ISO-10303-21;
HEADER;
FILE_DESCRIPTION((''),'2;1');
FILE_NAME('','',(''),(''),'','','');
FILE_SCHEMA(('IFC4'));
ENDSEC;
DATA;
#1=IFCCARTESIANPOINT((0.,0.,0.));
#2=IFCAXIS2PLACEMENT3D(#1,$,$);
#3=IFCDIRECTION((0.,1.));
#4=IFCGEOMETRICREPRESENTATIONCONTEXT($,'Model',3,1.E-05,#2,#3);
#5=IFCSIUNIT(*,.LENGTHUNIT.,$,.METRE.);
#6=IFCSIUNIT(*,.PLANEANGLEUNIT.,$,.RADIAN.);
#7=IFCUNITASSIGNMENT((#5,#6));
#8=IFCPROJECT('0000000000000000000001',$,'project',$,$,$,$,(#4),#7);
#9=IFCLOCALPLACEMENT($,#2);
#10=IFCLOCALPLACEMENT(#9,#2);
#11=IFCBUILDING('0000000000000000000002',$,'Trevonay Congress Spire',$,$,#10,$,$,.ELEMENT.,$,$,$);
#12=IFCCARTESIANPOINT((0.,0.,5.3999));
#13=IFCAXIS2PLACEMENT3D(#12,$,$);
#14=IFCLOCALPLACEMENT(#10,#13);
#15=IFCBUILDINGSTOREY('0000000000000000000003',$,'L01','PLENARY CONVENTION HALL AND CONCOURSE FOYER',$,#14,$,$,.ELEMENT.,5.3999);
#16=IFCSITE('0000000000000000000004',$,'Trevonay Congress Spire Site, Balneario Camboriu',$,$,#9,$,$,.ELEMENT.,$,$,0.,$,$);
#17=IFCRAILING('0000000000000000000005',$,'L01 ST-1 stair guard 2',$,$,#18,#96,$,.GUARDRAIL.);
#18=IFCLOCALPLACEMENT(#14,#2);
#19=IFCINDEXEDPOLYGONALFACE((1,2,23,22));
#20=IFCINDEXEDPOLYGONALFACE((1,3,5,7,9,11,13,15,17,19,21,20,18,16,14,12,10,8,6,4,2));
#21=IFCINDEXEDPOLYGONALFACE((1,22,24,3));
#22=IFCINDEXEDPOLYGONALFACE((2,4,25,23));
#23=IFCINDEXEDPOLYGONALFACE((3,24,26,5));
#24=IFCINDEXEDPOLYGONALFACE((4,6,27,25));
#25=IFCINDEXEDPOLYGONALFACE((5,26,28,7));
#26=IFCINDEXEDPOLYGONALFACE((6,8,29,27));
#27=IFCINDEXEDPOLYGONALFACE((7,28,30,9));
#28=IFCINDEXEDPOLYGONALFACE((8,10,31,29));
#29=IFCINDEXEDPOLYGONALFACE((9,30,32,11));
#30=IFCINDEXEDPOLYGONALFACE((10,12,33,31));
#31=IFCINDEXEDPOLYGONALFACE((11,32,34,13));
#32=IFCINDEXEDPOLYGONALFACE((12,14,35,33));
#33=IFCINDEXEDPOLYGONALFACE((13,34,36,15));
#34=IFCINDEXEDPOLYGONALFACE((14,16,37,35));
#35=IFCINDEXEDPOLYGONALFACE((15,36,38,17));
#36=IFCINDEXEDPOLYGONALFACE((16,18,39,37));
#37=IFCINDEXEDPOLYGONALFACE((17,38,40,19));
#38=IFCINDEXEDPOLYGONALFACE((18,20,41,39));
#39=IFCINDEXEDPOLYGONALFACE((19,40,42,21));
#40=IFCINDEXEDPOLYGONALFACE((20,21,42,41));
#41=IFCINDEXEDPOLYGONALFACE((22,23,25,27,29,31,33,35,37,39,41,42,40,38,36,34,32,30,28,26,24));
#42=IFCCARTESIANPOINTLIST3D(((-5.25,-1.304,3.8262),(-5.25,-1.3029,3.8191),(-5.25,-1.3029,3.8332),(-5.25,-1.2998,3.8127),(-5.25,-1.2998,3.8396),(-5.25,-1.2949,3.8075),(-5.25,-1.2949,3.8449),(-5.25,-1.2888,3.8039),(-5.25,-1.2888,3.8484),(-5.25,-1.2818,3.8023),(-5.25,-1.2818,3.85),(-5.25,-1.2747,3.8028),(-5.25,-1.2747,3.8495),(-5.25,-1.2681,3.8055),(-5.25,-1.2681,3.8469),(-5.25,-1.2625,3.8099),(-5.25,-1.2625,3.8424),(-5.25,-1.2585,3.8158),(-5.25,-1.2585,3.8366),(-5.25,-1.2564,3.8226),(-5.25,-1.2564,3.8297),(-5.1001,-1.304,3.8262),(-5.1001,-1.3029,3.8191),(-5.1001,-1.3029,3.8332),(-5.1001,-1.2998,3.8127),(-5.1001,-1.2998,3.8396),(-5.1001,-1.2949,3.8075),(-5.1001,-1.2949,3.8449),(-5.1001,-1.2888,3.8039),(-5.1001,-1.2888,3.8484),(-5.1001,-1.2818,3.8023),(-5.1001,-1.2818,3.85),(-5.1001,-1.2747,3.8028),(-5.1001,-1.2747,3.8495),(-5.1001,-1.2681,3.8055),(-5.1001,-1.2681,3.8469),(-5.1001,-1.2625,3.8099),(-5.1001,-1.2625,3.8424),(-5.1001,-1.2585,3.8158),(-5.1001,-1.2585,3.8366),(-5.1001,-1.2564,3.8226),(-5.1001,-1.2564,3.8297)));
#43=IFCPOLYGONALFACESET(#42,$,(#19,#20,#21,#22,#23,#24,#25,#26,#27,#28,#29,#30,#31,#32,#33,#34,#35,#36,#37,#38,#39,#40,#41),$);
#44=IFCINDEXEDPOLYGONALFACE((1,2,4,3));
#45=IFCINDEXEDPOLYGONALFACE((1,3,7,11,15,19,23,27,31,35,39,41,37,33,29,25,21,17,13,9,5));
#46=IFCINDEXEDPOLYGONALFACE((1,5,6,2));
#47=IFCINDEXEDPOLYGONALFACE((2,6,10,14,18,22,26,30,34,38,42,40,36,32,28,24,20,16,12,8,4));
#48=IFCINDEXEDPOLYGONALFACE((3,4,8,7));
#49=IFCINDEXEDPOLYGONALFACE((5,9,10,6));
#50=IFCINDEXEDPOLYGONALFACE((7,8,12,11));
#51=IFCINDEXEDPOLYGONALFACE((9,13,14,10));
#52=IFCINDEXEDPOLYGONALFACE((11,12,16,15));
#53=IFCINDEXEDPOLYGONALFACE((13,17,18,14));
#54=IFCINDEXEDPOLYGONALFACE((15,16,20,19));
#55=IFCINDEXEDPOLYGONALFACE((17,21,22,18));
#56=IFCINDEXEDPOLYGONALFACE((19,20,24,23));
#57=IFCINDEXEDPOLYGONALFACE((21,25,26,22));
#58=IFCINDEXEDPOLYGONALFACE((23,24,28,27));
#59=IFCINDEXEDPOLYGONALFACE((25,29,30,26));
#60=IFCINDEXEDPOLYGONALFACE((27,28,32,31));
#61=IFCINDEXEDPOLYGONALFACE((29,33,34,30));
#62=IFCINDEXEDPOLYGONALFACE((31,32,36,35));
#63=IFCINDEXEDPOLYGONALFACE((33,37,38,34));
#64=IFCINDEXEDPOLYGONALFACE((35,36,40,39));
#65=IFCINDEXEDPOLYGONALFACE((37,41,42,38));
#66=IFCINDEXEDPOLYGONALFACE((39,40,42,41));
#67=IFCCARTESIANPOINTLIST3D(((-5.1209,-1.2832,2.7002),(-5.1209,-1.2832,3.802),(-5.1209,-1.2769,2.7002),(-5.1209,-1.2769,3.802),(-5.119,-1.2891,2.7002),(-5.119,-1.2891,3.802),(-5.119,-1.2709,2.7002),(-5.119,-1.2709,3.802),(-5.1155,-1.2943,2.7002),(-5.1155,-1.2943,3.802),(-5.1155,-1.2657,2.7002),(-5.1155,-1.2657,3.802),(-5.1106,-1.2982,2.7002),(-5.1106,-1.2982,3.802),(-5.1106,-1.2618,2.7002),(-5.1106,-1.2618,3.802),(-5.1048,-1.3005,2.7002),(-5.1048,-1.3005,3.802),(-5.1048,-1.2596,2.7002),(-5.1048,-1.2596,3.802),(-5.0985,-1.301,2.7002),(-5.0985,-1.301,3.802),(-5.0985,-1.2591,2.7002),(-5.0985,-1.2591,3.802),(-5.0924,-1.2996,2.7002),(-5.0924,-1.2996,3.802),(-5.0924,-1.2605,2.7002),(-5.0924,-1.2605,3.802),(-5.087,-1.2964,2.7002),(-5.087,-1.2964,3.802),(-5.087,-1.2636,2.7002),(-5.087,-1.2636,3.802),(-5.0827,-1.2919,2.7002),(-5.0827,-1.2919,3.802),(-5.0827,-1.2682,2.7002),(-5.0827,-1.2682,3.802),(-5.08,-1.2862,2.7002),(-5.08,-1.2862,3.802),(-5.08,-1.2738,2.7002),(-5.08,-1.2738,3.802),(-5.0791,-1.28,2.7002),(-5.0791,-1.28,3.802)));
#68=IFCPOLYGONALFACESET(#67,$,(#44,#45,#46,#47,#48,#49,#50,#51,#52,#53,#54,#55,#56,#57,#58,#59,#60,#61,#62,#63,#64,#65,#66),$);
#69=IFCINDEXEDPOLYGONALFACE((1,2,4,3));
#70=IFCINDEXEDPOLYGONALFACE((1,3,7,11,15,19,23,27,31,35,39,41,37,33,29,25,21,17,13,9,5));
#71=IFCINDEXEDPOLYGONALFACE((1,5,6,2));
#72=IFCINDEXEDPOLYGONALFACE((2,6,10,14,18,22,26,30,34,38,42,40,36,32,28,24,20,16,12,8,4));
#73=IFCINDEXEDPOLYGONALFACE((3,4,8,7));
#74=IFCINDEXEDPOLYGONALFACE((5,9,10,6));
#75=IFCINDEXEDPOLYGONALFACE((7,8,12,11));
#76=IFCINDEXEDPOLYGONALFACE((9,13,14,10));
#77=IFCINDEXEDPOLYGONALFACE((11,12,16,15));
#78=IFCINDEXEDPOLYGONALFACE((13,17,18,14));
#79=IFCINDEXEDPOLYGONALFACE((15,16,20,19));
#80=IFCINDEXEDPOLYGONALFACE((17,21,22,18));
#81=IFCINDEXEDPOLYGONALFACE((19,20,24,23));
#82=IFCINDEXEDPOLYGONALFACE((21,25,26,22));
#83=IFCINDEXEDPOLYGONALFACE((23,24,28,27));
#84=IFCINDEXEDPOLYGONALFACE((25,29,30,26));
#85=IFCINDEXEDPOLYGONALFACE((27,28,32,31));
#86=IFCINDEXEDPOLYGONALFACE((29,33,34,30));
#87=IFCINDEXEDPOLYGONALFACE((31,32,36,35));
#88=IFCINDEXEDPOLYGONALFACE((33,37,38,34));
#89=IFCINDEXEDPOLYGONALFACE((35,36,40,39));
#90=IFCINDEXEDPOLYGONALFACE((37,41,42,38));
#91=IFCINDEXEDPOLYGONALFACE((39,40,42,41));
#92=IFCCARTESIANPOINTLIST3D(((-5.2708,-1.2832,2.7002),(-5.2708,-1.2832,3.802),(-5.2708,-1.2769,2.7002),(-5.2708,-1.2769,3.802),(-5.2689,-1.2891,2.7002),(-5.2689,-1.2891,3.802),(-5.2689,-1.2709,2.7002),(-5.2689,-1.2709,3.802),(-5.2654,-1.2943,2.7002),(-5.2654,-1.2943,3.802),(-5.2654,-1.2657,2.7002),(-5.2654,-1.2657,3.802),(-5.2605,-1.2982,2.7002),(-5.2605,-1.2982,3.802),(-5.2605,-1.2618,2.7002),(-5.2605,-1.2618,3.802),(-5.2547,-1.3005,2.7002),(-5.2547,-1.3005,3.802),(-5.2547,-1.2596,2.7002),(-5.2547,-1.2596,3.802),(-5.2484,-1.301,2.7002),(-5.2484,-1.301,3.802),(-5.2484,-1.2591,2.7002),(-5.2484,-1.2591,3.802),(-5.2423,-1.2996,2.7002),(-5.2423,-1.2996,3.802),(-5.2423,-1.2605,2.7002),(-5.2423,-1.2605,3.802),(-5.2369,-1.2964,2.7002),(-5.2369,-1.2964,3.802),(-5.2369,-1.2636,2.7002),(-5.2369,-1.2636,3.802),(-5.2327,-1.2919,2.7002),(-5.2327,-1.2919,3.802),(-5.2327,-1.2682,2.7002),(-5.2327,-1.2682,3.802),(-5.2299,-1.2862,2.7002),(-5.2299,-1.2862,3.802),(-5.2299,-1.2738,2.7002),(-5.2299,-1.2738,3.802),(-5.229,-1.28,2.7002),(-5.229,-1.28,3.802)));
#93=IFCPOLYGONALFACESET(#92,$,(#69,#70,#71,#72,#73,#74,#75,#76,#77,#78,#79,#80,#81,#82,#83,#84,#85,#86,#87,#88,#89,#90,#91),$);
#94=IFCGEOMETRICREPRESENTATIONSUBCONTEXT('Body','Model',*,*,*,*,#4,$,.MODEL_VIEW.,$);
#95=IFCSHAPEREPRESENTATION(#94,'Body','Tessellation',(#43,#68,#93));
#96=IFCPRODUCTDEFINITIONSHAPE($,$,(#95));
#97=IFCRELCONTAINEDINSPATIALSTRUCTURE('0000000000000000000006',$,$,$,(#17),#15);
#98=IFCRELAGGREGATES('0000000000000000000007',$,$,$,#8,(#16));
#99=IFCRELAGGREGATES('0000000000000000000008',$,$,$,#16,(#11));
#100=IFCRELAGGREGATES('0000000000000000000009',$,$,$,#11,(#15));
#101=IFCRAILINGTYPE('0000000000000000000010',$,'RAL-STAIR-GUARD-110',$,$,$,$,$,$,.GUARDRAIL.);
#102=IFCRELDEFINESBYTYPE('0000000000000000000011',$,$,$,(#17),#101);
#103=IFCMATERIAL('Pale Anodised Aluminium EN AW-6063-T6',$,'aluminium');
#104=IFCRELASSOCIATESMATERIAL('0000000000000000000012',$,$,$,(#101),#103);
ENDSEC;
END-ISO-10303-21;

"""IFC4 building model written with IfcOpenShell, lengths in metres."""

from ifc_helpers import new_model, si_unit, direction, frame, origin, origin_2d, place, context, subcontext, project, spatial, circle, extrude, material, type_object, element, save


model = new_model("IFC4")

# Units and contexts
model_context = context("Model", 3, precision=1e-05, world=origin(), true_north=direction((0.0, 1.0)))
body_context = subcontext(model_context, "Body", "Model", "MODEL_VIEW")
ifc_project = project(units=[si_unit("LENGTHUNIT", "METRE"), si_unit("PLANEANGLEUNIT", "RADIAN")], contexts=[model_context])

# Site, building, storey
site_placement = place(None, origin())
site = spatial("IfcSite", under=ifc_project, at=site_placement, Name="Trevonay Congress Spire Site, Balneario Camboriu", CompositionType="ELEMENT", RefElevation=0.0)
building_placement = place(site_placement, origin())
building = spatial("IfcBuilding", under=site, at=building_placement, Name="Trevonay Congress Spire", CompositionType="ELEMENT")
storey_placement = place(building_placement, frame((0.0, 0.0, 5.3999)))
storey = spatial("IfcBuildingStorey", under=building, at=storey_placement, Name="L01", Description="PLENARY CONVENTION HALL AND CONCOURSE FOYER", CompositionType="ELEMENT", Elevation=5.3999)

# Shared definitions
ifc_material_1 = material(Name="Pale Anodised Aluminium EN AW-6063-T6", Category="aluminium")

# Railing
railing_type_1 = type_object("IfcRailingType", Name="RAL-STAIR-GUARD-110", PredefinedType="GUARDRAIL", material=ifc_material_1)
railing_1_placement = place(storey_placement, frame((-5.1001, -1.28, 2.7002)))
element("IfcRailing", 1, at=railing_1_placement, inside=storey, type_object=railing_type_1, Name="L01 ST-1 stair guard 2", PredefinedType="GUARDRAIL", context=body_context, shape_type="SweptSolid", body=[
    extrude(circle(Radius=0.0239, at=origin_2d()), frame((0.0, 0.0, 1.126), z_axis=(-1.0, 0.0, 0.0), x_axis=(0.0, -1.0, 0.0)), (0.0, 0.0, 1.0), 0.1499),
    extrude(circle(Radius=0.021, at=origin_2d()), origin(), (0.0, 0.0, 1.0), 1.1018),
    extrude(circle(Radius=0.021, at=origin_2d()), frame((-0.1499, 0.0, 0.0)), (0.0, 0.0, 1.0), 1.1018),
])

save(model, "model.ifc")
